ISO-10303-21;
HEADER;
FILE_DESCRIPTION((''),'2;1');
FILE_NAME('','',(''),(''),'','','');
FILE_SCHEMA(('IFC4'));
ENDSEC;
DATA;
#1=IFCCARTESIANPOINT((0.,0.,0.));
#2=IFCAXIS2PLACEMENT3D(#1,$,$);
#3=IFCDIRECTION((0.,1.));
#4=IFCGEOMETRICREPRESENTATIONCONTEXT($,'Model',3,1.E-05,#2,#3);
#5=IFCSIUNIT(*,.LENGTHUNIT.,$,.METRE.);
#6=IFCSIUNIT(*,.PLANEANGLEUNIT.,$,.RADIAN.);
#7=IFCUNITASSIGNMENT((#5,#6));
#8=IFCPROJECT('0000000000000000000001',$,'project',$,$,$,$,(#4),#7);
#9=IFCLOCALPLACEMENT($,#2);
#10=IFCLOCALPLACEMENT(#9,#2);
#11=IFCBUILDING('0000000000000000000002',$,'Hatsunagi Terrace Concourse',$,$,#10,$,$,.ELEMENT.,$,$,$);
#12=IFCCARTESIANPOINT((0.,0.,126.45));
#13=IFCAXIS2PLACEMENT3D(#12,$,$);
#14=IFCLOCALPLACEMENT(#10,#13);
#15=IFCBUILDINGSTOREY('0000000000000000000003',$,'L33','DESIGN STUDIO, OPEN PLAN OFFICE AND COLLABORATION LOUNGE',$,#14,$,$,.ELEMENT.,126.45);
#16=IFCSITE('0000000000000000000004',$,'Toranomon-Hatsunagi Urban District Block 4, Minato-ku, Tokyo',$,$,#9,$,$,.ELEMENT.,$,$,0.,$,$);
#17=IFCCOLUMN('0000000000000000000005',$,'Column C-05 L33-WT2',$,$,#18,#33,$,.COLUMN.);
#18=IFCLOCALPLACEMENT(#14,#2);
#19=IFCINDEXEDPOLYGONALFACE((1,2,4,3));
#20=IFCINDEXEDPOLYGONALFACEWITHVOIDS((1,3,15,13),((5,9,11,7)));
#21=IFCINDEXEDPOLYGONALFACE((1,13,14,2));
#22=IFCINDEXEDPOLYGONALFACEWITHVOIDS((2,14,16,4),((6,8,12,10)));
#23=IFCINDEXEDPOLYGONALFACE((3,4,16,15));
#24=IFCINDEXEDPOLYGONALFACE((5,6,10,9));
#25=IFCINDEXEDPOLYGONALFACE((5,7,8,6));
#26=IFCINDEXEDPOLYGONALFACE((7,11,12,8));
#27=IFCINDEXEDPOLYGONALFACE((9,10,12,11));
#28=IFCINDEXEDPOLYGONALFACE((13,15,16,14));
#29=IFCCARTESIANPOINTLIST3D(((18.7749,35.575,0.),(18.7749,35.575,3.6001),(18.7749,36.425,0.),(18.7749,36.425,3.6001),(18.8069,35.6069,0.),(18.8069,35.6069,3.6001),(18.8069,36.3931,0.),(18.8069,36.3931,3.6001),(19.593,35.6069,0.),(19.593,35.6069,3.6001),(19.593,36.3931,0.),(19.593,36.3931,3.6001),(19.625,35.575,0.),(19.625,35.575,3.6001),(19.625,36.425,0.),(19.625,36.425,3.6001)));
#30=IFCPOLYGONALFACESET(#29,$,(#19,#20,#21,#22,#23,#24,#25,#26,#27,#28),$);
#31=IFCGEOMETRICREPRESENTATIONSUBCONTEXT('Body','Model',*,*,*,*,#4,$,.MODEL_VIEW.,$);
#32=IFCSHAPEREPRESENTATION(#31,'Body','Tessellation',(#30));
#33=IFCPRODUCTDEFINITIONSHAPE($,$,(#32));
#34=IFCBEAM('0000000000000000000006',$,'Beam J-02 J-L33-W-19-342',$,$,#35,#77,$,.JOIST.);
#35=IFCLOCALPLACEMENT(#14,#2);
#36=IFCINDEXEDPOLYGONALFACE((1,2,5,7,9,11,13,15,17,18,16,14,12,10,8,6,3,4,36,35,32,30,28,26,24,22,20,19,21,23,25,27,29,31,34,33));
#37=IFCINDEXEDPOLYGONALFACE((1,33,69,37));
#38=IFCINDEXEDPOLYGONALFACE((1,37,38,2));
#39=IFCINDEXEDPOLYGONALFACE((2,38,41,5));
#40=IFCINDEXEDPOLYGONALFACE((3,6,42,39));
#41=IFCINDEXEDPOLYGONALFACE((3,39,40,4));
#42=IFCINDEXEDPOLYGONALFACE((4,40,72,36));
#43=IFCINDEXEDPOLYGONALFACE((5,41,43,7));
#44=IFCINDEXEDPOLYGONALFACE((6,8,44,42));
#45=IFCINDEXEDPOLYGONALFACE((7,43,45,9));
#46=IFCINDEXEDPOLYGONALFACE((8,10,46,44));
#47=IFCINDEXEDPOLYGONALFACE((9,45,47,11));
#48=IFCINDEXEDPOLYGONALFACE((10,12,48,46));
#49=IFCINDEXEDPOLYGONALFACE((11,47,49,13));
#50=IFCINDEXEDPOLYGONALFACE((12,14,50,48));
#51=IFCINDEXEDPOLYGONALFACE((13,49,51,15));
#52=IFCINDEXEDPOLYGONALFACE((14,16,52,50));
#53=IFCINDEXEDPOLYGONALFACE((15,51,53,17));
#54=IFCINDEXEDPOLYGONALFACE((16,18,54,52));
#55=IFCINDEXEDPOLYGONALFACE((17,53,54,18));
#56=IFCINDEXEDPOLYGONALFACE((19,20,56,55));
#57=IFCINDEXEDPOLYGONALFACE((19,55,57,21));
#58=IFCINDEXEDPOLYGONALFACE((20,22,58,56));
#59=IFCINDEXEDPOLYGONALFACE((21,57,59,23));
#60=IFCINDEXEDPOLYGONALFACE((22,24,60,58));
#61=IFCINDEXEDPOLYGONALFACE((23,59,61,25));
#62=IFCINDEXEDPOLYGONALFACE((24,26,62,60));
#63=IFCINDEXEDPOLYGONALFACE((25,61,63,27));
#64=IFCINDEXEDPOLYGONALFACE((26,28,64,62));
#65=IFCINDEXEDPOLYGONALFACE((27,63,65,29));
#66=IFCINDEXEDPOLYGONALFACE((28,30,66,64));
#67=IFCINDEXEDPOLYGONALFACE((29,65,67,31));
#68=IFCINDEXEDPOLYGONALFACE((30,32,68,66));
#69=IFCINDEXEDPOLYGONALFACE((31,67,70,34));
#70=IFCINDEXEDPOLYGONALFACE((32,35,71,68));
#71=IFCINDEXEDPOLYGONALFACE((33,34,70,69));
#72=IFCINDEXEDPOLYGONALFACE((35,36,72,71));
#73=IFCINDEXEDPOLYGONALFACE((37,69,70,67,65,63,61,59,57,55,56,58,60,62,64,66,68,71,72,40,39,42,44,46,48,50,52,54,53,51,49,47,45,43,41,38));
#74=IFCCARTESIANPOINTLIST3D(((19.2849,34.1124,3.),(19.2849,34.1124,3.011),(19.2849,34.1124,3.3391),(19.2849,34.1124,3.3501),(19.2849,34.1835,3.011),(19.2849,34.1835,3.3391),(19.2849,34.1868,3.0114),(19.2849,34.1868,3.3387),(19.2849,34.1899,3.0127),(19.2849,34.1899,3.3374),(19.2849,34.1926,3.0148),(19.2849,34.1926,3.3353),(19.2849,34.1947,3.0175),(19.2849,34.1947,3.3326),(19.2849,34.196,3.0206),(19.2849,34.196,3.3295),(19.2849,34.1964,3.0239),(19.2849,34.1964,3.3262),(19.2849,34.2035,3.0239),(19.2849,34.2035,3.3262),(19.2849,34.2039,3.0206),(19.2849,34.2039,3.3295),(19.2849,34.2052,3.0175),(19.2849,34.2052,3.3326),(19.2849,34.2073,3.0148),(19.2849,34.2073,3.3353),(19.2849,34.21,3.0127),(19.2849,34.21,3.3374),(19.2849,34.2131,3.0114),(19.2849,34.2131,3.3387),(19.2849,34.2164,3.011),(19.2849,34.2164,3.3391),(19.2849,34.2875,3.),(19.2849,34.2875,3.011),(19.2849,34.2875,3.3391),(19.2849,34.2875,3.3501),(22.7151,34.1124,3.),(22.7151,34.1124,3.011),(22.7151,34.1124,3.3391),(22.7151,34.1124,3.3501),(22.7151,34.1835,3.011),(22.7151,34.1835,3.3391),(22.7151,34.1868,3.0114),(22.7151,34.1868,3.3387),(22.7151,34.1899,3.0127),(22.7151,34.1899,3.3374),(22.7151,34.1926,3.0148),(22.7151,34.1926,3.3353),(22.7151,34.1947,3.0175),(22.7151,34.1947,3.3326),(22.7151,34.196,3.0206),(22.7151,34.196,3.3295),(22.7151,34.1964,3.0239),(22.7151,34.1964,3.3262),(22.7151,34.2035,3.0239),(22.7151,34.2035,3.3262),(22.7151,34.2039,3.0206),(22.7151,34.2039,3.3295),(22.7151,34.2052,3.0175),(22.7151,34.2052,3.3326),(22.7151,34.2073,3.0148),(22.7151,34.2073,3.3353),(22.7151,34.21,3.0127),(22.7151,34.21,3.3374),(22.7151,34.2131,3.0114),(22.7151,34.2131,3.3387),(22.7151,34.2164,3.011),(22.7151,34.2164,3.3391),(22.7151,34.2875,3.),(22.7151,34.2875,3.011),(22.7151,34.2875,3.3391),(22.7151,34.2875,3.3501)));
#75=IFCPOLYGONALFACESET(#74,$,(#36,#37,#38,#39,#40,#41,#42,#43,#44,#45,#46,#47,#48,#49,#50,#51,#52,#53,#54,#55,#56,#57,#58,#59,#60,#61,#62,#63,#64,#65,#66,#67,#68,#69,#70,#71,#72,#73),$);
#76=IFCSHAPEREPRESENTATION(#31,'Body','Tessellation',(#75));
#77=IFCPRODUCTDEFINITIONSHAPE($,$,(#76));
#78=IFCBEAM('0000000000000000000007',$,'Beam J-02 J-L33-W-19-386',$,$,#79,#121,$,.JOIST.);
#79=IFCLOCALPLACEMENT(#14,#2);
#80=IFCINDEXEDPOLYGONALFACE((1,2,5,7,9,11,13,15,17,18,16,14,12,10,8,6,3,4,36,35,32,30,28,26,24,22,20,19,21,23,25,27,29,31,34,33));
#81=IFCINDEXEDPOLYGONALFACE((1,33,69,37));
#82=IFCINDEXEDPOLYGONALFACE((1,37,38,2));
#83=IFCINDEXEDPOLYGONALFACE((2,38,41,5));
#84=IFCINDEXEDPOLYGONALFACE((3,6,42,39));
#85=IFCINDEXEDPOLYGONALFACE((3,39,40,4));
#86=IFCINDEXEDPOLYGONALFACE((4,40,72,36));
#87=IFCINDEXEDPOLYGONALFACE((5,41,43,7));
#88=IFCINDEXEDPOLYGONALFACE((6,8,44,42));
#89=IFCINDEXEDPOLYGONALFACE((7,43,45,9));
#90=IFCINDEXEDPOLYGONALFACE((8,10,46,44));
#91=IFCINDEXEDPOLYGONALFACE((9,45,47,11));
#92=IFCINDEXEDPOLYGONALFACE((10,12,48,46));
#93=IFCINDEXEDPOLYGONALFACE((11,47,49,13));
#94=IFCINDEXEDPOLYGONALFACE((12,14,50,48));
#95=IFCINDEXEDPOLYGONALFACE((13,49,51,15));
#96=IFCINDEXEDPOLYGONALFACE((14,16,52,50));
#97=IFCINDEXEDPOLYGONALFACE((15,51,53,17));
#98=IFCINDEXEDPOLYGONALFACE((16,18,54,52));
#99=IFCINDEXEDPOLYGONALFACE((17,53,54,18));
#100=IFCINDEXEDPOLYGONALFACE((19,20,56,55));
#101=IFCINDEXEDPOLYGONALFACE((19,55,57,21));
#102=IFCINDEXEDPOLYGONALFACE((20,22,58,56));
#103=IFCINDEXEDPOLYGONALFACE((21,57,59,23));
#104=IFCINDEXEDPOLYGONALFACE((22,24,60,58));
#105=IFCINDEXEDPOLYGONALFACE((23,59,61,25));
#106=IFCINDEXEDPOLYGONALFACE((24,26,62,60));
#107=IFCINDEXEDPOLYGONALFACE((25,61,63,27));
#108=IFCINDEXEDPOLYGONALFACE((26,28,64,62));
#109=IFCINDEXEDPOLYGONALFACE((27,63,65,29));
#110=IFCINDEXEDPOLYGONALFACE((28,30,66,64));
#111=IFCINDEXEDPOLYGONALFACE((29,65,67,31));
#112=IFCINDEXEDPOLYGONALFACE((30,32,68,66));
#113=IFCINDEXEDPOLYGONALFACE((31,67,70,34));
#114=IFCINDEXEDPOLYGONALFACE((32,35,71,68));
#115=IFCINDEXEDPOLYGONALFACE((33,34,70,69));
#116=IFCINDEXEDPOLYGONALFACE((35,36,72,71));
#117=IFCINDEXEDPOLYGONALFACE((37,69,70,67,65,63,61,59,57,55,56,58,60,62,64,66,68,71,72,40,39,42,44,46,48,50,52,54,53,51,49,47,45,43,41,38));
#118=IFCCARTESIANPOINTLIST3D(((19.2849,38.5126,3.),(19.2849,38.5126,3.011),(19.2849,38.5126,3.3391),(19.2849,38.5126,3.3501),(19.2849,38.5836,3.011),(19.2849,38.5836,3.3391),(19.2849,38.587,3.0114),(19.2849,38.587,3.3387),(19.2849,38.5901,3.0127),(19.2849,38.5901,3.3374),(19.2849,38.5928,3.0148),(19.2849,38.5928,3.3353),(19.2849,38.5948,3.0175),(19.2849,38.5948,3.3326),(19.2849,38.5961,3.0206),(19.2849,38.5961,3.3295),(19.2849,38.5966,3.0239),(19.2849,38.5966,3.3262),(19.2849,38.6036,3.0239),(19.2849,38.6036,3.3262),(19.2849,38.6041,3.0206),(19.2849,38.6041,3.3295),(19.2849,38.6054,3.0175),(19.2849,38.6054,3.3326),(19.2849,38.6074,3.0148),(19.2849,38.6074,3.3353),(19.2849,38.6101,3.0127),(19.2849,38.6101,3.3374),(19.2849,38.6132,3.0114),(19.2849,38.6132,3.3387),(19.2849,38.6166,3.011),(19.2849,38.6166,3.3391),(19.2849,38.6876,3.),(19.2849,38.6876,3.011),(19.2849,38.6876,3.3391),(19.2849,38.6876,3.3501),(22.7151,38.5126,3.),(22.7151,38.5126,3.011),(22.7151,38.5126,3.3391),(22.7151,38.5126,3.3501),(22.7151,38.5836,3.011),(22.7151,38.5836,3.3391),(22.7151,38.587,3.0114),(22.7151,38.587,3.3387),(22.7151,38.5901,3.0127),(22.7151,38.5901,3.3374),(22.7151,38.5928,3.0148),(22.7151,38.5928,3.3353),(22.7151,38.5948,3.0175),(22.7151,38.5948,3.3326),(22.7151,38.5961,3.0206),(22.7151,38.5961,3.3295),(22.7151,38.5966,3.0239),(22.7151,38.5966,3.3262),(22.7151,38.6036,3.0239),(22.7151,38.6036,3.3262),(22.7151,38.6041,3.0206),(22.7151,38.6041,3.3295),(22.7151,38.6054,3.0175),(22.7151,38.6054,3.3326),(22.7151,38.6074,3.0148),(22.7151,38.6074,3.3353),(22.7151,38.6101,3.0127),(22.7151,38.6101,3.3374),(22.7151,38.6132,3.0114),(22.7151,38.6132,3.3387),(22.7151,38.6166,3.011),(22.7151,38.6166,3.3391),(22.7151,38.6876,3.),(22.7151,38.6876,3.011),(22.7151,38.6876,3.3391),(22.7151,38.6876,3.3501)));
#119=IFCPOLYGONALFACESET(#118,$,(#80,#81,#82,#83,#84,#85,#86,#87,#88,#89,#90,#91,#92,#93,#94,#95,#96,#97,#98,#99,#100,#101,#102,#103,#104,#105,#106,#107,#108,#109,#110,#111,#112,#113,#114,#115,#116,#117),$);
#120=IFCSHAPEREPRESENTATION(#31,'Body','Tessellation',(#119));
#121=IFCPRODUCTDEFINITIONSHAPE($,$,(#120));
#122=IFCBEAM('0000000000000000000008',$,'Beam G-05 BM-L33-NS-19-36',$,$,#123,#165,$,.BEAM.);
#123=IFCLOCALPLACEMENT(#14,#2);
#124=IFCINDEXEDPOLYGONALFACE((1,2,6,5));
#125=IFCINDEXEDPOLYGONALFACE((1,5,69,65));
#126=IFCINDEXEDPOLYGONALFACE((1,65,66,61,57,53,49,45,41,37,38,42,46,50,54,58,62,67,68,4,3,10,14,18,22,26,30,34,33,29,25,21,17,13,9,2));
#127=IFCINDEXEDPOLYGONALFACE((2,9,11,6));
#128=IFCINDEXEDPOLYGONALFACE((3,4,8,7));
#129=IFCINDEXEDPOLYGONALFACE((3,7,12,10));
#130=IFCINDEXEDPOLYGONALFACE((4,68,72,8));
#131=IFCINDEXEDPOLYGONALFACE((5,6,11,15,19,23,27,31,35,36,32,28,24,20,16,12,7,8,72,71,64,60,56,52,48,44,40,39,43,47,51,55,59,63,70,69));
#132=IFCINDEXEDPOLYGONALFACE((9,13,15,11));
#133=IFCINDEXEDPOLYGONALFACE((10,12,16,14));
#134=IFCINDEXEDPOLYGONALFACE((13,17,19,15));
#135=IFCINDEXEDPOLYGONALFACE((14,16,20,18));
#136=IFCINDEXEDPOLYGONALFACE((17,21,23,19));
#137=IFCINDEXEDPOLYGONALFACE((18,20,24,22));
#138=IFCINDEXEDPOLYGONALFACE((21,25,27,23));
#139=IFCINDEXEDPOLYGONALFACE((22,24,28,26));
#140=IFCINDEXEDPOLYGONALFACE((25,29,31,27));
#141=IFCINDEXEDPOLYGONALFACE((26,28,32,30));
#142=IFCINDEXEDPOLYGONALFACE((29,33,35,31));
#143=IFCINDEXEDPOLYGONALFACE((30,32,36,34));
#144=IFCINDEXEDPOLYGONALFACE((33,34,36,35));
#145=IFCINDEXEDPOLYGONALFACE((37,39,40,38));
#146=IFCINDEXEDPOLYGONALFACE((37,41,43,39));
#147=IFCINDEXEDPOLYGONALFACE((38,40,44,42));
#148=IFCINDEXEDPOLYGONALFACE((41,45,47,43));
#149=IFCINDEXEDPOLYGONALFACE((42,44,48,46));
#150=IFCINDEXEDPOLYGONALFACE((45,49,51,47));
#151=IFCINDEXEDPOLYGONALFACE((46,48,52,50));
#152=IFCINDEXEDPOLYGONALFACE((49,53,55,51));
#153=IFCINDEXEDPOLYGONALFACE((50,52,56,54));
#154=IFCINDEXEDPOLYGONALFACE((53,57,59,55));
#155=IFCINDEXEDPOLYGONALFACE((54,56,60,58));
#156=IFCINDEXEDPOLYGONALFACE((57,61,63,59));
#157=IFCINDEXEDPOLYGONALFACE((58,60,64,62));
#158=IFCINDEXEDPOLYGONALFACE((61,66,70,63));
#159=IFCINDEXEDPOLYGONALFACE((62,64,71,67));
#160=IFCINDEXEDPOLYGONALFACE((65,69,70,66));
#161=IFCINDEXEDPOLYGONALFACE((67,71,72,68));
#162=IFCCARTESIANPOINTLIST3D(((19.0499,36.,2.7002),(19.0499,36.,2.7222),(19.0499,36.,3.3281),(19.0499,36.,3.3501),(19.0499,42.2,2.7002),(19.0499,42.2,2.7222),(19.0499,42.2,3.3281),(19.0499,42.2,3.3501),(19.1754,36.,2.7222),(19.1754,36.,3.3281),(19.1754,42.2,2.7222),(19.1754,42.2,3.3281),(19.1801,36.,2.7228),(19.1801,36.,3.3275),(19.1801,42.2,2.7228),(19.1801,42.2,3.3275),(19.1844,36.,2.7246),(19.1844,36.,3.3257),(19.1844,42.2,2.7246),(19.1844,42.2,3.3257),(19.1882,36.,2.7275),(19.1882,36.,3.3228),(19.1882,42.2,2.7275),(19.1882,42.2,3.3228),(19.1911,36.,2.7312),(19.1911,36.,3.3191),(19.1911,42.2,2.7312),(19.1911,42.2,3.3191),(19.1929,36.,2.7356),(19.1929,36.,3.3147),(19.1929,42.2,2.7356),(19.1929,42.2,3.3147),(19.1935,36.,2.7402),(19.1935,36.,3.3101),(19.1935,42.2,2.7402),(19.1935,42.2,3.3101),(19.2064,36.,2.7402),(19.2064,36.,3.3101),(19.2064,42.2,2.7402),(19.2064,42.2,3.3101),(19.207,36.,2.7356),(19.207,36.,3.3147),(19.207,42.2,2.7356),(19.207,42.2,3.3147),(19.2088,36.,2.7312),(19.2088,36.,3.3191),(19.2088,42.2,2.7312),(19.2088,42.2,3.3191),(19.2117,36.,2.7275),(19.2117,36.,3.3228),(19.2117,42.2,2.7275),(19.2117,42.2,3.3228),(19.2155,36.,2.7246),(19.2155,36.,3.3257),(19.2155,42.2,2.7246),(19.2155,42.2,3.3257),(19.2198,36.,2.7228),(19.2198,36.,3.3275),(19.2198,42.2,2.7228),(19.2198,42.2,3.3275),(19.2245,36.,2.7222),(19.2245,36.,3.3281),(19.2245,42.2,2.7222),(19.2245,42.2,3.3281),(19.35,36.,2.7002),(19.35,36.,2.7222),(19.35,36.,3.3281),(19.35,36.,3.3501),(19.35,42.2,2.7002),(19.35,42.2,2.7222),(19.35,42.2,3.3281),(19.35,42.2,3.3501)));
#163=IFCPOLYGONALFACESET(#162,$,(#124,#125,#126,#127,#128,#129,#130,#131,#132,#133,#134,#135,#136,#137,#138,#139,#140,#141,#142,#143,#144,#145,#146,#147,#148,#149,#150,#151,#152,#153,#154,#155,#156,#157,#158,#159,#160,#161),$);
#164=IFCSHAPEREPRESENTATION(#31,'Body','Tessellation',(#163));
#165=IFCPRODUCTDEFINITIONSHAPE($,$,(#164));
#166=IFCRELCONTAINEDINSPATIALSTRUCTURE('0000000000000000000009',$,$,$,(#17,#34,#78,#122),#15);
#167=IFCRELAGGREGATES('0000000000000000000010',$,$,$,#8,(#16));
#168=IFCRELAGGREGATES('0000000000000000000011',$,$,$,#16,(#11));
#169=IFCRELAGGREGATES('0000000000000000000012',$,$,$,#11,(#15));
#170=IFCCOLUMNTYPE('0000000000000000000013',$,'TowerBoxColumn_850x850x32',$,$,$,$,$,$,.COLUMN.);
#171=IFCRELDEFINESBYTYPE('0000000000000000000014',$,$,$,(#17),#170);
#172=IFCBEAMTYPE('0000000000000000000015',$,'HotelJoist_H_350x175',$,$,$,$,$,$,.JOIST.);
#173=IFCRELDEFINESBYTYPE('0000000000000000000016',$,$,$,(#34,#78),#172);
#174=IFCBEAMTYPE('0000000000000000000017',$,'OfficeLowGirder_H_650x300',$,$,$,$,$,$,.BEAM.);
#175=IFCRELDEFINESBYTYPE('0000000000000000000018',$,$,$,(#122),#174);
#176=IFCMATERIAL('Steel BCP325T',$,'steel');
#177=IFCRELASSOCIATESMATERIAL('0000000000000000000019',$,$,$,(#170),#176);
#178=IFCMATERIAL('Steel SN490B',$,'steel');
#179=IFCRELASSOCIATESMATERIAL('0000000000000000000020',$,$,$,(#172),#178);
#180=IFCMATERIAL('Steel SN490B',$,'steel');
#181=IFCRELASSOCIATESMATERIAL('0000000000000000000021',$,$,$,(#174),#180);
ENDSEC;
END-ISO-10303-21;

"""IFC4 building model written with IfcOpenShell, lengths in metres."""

from ifc_helpers import new_model, si_unit, direction, frame, origin, origin_2d, place, context, subcontext, project, spatial, hollow_rectangle, i_section, extrude, material, material_profile, profile_set, type_object, element, save


model = new_model("IFC4")

# Units and contexts
model_context = context("Model", 3, precision=1e-05, world=origin(), true_north=direction((0.0, 1.0)))
body_context = subcontext(model_context, "Body", "Model", "MODEL_VIEW")
ifc_project = project(units=[si_unit("LENGTHUNIT", "METRE"), si_unit("PLANEANGLEUNIT", "RADIAN")], contexts=[model_context])

# Site, building, storey
site_placement = place(None, origin())
site = spatial("IfcSite", under=ifc_project, at=site_placement, Name="Toranomon-Hatsunagi Urban District Block 4, Minato-ku, Tokyo", CompositionType="ELEMENT", RefElevation=0.0)
building_placement = place(site_placement, origin())
building = spatial("IfcBuilding", under=site, at=building_placement, Name="Hatsunagi Terrace Concourse", CompositionType="ELEMENT")
storey_placement = place(building_placement, frame((0.0, 0.0, 126.45)))
storey = spatial("IfcBuildingStorey", under=building, at=storey_placement, Name="L33", Description="DESIGN STUDIO, OPEN PLAN OFFICE AND COLLABORATION LOUNGE", CompositionType="ELEMENT", Elevation=126.45)

# Column
ifc_material_1 = material(Name="Steel BCP325T", Category="steel")
ifc_material_profile_1 = material_profile(ifc_material_1, hollow_rectangle(XDim=0.8501, YDim=0.8501, WallThickness=0.032, at=origin_2d()), Name="BCP-850x850x32")
ifc_profile_set_1 = profile_set([ifc_material_profile_1], Name="Steel BCP325T")
column_type = type_object("IfcColumnType", Name="TowerBoxColumn_850x850x32", PredefinedType="COLUMN", material=ifc_profile_set_1)
column_placement = place(storey_placement, frame((19.2, 36.0, 0.0), z_axis=(0.0, 0.0, 1.0), x_axis=(1.0, 0.0, 0.0)))
element("IfcColumn", 1, at=column_placement, inside=storey, type_object=column_type, Name="Column C-05 L33-WT2", PredefinedType="COLUMN", context=body_context, shape_type="SweptSolid", body=[
    extrude(hollow_rectangle(XDim=0.8501, YDim=0.8501, WallThickness=0.032, at=origin_2d()), origin(), (0.0, 0.0, 1.0), 3.6001),
])

# Beams
ifc_material_2 = material(Name="Steel SN490B", Category="steel")
ifc_material_profile_2 = material_profile(ifc_material_2, i_section(OverallWidth=0.175, OverallDepth=0.3501, WebThickness=0.0071, FlangeThickness=0.011, FilletRadius=0.0129, at=origin_2d()), Name="H-350x175x7x11")
ifc_profile_set_2 = profile_set([ifc_material_profile_2], Name="Steel SN490B")
beam_type_1 = type_object("IfcBeamType", Name="HotelJoist_H_350x175", PredefinedType="JOIST", material=ifc_profile_set_2)
for number, where, z_axis, x_axis, name in (
    (2, (19.2849, 34.2, 3.175), (1.0, 0.0, 0.0), (0.0, 1.0, 0.0), "Beam J-02 J-L33-W-19-342"),
    (3, (19.2849, 38.6001, 3.175), (1.0, 0.0, 0.0), (0.0, 1.0, 0.0), "Beam J-02 J-L33-W-19-386"),
):
    element("IfcBeam", number, at=place(storey_placement, frame(where, z_axis=z_axis, x_axis=x_axis)), inside=storey, type_object=beam_type_1, Name=name, PredefinedType="JOIST", context=body_context, shape_type="SweptSolid", body=[
        extrude(i_section(OverallWidth=0.175, OverallDepth=0.3501, WebThickness=0.0071, FlangeThickness=0.011, FilletRadius=0.0129, at=origin_2d()), origin(), (0.0, 0.0, 1.0), 3.4302),
    ])
ifc_material_3 = material(Name="Steel SN490B", Category="steel")
ifc_material_profile_3 = material_profile(ifc_material_3, i_section(OverallWidth=0.3, OverallDepth=0.6499, WebThickness=0.0129, FlangeThickness=0.022, FilletRadius=0.0181, at=origin_2d()), Name="H-650x300x13x22")
ifc_profile_set_3 = profile_set([ifc_material_profile_3], Name="Steel SN490B")
beam_type_2 = type_object("IfcBeamType", Name="OfficeLowGirder_H_650x300", PredefinedType="BEAM", material=ifc_profile_set_3)
beam_1_placement = place(storey_placement, frame((19.2, 36.0, 3.0251), z_axis=(0.0, 1.0, 0.0), x_axis=(-1.0, 0.0, 0.0)))
element("IfcBeam", 4, at=beam_1_placement, inside=storey, type_object=beam_type_2, Name="Beam G-05 BM-L33-NS-19-36", PredefinedType="BEAM", context=body_context, shape_type="SweptSolid", body=[
    extrude(i_section(OverallWidth=0.3, OverallDepth=0.6499, WebThickness=0.0129, FlangeThickness=0.022, FilletRadius=0.0181, at=origin_2d()), origin(), (0.0, 0.0, 1.0), 6.2),
])

save(model, "model.ifc")
